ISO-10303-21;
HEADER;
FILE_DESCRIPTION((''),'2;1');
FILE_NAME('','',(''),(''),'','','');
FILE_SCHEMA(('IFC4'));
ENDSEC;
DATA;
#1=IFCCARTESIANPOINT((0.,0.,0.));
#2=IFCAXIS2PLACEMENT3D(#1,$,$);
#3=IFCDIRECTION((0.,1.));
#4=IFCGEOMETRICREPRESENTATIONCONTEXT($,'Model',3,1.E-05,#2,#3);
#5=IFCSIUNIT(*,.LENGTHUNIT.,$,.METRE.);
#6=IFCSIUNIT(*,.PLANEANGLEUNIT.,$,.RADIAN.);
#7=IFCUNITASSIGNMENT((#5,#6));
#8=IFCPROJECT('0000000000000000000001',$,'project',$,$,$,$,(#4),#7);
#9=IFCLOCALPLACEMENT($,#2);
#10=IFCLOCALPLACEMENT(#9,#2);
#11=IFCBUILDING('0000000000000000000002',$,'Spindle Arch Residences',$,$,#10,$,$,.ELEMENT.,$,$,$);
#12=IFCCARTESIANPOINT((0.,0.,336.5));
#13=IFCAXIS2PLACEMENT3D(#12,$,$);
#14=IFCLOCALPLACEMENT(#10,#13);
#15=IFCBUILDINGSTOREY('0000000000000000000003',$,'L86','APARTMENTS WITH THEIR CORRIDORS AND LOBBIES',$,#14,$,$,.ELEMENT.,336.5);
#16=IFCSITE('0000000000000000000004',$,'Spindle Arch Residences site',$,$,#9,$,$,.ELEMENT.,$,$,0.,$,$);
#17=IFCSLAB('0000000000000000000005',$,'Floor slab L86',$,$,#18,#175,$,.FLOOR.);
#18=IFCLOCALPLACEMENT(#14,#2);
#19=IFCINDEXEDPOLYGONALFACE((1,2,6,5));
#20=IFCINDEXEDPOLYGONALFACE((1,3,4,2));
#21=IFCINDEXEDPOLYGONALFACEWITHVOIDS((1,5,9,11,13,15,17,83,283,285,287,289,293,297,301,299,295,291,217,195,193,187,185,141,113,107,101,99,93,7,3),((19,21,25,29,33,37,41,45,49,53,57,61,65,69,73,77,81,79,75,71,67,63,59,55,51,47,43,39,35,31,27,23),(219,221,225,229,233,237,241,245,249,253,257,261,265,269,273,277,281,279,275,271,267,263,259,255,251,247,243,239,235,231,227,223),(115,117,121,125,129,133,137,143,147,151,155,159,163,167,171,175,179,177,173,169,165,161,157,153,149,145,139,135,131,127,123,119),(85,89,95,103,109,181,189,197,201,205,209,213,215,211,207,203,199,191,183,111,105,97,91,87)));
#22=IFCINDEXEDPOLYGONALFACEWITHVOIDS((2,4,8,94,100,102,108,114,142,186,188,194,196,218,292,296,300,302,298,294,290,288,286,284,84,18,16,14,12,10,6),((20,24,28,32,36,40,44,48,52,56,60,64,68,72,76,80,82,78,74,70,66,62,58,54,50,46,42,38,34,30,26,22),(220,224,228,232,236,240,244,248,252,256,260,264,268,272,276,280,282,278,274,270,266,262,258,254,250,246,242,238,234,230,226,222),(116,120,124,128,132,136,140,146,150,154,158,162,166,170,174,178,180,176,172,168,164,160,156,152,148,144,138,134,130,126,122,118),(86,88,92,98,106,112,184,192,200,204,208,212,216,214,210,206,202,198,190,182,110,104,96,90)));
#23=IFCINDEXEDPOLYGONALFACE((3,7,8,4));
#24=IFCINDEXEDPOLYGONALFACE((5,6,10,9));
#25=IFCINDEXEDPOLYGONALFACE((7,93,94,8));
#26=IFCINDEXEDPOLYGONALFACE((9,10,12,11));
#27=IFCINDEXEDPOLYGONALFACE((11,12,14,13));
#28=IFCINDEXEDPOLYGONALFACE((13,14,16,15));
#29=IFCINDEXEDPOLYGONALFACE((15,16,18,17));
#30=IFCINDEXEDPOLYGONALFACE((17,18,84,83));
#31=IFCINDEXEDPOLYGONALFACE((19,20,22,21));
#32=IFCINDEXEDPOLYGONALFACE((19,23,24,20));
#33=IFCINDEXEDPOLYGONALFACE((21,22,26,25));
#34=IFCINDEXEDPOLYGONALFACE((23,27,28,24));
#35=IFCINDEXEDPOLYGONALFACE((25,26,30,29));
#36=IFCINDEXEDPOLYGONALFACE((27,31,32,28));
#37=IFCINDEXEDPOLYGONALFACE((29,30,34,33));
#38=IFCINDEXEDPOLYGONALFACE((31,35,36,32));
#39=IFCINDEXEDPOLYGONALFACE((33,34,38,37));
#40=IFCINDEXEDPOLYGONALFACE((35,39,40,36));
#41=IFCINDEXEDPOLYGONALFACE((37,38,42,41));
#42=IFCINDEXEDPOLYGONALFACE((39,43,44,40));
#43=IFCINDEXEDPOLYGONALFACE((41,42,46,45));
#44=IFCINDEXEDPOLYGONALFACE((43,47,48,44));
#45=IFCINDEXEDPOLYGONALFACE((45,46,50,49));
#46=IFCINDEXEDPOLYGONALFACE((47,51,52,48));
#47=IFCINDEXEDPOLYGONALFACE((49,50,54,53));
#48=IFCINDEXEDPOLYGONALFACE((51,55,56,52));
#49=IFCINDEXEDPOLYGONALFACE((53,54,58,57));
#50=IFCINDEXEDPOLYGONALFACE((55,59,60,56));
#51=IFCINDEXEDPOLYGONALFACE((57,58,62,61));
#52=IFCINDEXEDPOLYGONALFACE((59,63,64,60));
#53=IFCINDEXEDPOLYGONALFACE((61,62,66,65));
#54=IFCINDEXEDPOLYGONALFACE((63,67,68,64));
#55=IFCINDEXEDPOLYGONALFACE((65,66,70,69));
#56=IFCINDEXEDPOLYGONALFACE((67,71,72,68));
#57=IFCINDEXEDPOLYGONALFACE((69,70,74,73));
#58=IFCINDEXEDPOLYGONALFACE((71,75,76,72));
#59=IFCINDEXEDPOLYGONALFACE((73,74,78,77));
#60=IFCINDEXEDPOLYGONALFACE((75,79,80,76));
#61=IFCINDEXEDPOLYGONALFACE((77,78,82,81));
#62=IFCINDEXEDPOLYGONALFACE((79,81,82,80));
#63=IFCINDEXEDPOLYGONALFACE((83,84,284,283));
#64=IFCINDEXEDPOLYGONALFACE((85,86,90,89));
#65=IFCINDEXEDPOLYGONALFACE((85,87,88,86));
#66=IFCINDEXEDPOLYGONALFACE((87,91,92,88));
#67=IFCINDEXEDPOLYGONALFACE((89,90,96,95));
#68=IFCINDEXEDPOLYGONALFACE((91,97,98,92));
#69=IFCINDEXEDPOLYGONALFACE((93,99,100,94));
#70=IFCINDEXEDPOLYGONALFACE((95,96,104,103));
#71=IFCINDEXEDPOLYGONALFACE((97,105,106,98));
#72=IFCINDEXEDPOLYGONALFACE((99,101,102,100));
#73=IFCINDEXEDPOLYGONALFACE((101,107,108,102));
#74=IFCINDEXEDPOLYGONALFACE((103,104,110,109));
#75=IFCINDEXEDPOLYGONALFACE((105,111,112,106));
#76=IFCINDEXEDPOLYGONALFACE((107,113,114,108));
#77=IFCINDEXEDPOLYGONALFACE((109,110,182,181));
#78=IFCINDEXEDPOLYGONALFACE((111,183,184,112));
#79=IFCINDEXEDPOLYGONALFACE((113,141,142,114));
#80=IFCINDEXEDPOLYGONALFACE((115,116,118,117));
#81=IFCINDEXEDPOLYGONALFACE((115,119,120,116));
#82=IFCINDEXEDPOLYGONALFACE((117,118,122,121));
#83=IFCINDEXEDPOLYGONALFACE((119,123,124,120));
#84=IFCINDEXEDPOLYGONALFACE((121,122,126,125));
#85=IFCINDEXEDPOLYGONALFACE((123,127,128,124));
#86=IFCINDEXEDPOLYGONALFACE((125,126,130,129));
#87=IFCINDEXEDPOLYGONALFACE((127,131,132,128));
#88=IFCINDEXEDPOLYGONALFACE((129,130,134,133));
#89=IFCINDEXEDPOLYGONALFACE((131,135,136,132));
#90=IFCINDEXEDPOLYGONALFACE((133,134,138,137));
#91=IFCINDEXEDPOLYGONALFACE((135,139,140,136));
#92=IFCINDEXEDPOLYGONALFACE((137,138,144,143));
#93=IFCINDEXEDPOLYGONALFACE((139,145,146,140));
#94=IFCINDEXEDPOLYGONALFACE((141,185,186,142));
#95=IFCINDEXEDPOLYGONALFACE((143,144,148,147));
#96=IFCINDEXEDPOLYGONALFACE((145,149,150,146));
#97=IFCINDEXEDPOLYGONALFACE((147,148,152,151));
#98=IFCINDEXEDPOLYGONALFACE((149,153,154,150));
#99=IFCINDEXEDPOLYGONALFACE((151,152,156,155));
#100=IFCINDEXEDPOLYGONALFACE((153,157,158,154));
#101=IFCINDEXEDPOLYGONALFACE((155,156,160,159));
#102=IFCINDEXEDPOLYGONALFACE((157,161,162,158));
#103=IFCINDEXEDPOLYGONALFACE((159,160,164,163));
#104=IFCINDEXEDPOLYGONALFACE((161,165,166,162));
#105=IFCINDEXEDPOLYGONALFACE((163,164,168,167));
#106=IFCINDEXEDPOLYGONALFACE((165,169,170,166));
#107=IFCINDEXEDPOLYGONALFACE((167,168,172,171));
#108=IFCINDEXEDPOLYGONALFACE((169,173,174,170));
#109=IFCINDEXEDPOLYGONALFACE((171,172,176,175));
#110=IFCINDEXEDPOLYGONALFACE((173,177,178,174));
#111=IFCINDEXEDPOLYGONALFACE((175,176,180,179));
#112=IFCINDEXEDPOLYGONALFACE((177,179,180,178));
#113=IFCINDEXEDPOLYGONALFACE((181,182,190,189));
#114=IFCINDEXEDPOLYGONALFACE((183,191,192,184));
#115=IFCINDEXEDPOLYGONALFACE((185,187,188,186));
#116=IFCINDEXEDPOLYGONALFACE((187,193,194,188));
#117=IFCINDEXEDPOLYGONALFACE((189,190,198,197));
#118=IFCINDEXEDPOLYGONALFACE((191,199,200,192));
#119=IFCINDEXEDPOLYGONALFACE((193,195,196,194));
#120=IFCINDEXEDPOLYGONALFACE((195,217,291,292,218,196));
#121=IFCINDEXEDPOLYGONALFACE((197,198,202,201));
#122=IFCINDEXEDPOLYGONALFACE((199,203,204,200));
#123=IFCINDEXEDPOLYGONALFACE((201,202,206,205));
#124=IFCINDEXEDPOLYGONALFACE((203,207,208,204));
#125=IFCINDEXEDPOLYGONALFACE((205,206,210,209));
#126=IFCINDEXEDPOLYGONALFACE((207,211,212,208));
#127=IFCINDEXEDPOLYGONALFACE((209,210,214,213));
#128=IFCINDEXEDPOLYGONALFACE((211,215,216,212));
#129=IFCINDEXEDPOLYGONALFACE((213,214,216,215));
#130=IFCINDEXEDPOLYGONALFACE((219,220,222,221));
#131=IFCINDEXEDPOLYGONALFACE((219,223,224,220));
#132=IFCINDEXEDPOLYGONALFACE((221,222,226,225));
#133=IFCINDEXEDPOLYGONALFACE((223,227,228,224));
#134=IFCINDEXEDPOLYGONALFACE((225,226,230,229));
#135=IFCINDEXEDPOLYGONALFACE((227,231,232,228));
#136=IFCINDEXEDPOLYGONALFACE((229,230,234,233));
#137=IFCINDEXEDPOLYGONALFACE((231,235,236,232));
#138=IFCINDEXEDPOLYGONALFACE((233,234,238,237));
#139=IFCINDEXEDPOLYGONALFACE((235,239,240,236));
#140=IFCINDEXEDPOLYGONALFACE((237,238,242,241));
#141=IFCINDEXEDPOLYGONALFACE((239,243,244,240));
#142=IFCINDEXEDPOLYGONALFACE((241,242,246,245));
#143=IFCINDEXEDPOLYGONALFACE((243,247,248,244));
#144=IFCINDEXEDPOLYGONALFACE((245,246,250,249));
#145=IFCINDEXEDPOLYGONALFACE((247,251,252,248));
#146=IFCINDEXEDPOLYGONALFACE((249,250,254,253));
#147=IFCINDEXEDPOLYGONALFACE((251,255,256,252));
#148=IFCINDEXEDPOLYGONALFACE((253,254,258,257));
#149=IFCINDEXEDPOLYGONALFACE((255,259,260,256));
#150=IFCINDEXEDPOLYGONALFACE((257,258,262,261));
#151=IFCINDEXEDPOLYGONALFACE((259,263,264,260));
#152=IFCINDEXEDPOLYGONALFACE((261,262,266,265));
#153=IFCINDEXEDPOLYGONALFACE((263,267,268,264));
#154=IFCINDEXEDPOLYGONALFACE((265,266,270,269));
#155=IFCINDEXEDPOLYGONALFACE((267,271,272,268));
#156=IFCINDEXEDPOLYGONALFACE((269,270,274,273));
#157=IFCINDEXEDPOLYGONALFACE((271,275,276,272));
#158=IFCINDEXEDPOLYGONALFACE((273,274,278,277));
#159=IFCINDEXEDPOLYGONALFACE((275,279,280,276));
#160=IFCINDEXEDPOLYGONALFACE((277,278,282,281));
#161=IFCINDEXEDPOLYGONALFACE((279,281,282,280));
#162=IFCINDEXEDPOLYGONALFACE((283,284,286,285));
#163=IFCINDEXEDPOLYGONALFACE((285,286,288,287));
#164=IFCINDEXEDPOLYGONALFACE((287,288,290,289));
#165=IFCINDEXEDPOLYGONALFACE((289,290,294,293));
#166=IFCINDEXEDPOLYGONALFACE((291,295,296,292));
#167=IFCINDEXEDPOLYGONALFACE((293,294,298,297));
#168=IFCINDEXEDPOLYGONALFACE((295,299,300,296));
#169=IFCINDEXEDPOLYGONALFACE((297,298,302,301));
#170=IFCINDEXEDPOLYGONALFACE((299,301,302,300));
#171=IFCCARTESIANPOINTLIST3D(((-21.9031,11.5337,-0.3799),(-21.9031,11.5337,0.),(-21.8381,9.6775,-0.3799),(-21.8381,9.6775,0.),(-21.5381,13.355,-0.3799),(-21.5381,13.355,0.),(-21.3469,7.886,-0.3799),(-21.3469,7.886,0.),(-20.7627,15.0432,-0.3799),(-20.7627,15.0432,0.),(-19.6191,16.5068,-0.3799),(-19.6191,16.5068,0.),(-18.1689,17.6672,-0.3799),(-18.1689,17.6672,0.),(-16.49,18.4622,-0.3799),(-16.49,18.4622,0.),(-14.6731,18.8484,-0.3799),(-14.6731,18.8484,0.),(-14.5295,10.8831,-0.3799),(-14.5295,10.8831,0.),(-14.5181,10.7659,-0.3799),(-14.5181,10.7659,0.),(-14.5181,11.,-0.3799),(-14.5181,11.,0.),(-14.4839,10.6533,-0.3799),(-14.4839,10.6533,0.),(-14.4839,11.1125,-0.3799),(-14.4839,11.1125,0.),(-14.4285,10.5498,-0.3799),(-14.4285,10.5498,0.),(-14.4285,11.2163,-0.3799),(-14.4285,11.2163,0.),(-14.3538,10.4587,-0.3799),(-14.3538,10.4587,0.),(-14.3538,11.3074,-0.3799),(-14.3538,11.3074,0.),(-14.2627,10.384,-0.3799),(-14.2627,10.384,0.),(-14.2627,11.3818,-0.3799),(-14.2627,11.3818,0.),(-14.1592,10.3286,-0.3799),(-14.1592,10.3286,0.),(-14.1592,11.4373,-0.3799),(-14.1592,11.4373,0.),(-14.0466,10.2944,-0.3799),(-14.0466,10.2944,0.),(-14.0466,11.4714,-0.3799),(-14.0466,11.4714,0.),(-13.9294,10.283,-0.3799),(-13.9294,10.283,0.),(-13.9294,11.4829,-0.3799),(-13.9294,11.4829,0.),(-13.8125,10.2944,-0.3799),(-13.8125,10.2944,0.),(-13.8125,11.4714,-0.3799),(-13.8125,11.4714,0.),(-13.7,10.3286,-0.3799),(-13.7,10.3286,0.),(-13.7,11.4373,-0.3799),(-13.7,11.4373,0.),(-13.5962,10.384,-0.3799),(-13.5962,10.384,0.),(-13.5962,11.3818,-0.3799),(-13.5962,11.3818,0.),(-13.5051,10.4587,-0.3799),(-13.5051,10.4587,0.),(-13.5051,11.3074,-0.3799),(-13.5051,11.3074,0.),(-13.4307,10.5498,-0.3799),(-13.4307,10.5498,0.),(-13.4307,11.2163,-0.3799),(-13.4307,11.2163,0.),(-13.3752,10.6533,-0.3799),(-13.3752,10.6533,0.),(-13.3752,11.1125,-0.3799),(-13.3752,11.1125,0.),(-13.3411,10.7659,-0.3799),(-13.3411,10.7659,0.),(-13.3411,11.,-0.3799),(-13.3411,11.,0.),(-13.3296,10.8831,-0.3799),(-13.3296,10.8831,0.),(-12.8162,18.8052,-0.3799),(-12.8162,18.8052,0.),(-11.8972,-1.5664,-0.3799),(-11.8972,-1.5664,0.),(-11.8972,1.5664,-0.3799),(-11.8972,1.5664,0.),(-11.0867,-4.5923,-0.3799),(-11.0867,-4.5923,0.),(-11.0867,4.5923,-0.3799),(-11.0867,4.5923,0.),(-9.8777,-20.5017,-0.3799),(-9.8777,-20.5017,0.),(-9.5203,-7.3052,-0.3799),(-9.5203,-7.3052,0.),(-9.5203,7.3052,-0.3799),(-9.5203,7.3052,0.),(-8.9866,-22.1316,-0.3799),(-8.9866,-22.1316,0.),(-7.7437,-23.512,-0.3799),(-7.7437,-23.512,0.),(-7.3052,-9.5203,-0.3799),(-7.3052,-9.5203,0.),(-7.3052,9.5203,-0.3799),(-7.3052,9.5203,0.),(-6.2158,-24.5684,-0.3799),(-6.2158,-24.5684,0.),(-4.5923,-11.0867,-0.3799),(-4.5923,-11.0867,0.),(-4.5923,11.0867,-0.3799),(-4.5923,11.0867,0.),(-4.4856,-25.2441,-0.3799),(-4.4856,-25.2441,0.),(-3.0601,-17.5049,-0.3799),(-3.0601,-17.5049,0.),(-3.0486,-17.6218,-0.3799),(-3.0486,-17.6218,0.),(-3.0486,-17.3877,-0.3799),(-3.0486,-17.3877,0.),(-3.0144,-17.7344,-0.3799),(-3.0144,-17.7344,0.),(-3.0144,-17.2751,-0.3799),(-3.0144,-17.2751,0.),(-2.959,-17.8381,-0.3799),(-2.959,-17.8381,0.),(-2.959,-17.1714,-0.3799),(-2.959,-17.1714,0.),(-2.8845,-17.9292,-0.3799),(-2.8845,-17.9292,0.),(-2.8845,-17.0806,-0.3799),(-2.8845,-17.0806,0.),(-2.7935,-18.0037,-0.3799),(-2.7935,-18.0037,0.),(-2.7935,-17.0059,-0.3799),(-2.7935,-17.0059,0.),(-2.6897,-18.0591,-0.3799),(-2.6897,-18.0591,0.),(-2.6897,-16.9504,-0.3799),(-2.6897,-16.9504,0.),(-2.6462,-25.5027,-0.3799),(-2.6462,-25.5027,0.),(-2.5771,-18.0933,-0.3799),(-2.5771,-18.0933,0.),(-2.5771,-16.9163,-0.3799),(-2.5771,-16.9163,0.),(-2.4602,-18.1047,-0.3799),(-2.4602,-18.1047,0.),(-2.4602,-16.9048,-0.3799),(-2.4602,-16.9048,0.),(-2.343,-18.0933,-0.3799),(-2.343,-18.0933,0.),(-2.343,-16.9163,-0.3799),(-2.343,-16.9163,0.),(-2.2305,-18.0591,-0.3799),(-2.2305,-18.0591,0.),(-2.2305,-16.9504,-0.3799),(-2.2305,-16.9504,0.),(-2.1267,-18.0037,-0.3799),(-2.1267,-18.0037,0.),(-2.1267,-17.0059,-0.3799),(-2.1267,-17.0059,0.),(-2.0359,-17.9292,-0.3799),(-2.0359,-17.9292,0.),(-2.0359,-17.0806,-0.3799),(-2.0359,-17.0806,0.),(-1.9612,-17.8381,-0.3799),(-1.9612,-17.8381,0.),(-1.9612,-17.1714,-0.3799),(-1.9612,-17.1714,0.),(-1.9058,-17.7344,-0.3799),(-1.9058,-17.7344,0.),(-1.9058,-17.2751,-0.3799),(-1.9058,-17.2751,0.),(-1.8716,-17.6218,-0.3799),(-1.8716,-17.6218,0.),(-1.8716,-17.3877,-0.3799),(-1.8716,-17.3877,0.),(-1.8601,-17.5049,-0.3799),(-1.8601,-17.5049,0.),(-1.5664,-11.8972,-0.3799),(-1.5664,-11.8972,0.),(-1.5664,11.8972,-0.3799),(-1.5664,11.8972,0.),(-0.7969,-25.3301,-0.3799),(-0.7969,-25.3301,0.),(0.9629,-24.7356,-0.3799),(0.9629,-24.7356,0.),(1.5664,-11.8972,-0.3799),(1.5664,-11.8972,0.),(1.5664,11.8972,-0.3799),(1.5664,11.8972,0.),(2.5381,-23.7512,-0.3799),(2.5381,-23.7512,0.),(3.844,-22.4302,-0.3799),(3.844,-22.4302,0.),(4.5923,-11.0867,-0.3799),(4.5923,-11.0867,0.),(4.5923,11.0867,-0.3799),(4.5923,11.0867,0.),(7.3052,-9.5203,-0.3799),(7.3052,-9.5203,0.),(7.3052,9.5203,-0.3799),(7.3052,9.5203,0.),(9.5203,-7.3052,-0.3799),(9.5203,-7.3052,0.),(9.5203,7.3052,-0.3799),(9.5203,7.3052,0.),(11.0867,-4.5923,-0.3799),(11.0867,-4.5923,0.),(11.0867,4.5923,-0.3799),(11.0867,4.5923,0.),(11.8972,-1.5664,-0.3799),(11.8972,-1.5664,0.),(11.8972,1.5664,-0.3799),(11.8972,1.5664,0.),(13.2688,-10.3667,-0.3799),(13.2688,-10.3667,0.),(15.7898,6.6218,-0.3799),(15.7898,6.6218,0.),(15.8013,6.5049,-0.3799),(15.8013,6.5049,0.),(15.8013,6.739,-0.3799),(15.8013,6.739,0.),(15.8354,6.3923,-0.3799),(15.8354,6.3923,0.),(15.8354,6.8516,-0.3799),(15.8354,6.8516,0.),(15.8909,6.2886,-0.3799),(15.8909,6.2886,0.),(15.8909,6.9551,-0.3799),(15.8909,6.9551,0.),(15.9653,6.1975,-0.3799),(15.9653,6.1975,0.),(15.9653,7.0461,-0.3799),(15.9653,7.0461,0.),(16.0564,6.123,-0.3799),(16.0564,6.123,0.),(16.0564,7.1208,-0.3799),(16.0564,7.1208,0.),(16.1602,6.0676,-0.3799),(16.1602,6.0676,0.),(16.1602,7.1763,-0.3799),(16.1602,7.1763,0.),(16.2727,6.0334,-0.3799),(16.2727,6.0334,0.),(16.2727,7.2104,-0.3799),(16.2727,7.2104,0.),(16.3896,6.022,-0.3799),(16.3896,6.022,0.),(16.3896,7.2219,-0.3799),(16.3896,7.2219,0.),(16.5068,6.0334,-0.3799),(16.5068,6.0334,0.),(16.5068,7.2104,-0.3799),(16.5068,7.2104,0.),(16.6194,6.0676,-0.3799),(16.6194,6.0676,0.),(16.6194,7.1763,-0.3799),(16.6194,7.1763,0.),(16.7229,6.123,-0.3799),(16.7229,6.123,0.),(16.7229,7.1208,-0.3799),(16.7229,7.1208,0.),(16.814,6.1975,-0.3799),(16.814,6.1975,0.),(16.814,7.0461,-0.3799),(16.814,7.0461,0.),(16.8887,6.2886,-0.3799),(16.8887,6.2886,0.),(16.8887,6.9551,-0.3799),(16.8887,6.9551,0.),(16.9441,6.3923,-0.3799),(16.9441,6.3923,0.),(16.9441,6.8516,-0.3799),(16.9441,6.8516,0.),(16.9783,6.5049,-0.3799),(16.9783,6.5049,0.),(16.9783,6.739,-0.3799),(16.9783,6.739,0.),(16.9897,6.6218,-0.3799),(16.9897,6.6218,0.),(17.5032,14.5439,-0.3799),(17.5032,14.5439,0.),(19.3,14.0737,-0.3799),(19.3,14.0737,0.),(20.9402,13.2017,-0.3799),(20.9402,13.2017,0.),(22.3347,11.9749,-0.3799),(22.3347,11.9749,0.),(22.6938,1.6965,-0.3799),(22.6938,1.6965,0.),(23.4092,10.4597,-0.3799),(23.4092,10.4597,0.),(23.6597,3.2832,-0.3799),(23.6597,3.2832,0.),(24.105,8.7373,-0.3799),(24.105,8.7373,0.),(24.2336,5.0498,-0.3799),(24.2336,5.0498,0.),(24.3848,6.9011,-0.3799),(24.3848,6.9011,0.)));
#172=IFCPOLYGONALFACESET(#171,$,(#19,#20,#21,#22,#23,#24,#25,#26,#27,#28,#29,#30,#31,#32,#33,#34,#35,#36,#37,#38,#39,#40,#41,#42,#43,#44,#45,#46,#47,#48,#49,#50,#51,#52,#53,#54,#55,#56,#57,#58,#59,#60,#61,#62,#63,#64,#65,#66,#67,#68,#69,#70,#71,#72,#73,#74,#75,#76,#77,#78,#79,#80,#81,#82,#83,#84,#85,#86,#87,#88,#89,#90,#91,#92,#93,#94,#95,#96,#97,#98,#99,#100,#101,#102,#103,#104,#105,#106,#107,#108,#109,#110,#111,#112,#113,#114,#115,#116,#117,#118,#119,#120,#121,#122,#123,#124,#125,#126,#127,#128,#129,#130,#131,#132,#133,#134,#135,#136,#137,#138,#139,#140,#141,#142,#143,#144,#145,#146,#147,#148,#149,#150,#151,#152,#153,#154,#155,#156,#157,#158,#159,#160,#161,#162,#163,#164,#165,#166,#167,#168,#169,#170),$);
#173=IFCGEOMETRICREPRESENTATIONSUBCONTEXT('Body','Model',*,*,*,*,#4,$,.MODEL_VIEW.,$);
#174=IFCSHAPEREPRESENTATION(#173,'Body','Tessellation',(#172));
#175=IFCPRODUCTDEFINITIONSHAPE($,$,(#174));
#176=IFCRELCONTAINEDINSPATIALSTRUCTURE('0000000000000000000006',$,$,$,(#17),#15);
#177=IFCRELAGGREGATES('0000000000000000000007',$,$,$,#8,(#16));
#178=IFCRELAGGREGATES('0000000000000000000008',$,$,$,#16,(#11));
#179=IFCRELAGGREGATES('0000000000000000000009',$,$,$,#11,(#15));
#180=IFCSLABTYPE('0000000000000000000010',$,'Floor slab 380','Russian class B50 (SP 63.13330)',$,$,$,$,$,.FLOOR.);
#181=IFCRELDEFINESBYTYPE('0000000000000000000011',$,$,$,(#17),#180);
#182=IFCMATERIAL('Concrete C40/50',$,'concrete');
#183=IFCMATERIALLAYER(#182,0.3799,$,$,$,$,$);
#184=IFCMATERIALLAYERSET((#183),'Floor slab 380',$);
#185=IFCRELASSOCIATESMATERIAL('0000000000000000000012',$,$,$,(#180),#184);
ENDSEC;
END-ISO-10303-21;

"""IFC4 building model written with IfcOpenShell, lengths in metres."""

from ifc_helpers import new_model, si_unit, direction, frame, origin, place, context, subcontext, project, spatial, polyline, outline, extrude, material, layer, layer_set, type_object, element, save


model = new_model("IFC4")

# Units and contexts
model_context = context("Model", 3, precision=1e-05, world=origin(), true_north=direction((0.0, 1.0)))
body_context = subcontext(model_context, "Body", "Model", "MODEL_VIEW")
ifc_project = project(units=[si_unit("LENGTHUNIT", "METRE"), si_unit("PLANEANGLEUNIT", "RADIAN")], contexts=[model_context])

# Site, building, storey
site_placement = place(None, origin())
site = spatial("IfcSite", under=ifc_project, at=site_placement, Name="Spindle Arch Residences site", CompositionType="ELEMENT", RefElevation=0.0)
building_placement = place(site_placement, origin())
building = spatial("IfcBuilding", under=site, at=building_placement, Name="Spindle Arch Residences", CompositionType="ELEMENT")
storey_placement = place(building_placement, frame((0.0, 0.0, 336.5)))
storey = spatial("IfcBuildingStorey", under=building, at=storey_placement, Name="L86", Description="APARTMENTS WITH THEIR CORRIDORS AND LOBBIES", CompositionType="ELEMENT", Elevation=336.5)

# Slab
ifc_material_1 = material(Name="Concrete C40/50", Category="concrete")
ifc_layer_1 = layer(ifc_material_1, 0.3799)
ifc_layer_set_1 = layer_set([ifc_layer_1], Name="Floor slab 380")
slab_type_1 = type_object("IfcSlabType", Name="Floor slab 380", Description="Russian class B50 (SP 63.13330)", PredefinedType="FLOOR", material=ifc_layer_set_1)
slab_1_placement = place(storey_placement, frame((0.0, 0.0, -0.3799)))
element("IfcSlab", 1, at=slab_1_placement, inside=storey, type_object=slab_type_1, Name="Floor slab L86", PredefinedType="FLOOR", context=body_context, shape_type="SweptSolid", body=[
    extrude(outline(polyline([(2.5381, -23.7512), (0.9629, -24.7356), (-0.7969, -25.3301), (-2.6462, -25.5027), (-4.4856, -25.2441), (-6.2158, -24.5684), (-7.7437, -23.512), (-8.9866, -22.1316), (-9.8777, -20.5017), (-21.3469, 7.886), (-21.8381, 9.6775), (-21.9031, 11.5337), (-21.5381, 13.355), (-20.7627, 15.0432), (-19.6191, 16.5068), (-18.1689, 17.6672), (-16.49, 18.4622), (-14.6731, 18.8484), (-12.8162, 18.8052), (17.5032, 14.5439), (19.3, 14.0737), (20.9402, 13.2017), (22.3347, 11.9749), (23.4092, 10.4597), (24.105, 8.7373), (24.3848, 6.9011), (24.2336, 5.0498), (23.6597, 3.2832), (22.6938, 1.6965), (13.2688, -10.3667), (3.844, -22.4302), (2.5381, -23.7512)]), holes=[polyline([(7.3052, -9.5203), (9.5203, -7.3052), (11.0867, -4.5923), (11.8972, -1.5664), (11.8972, 1.5664), (11.0867, 4.5923), (9.5203, 7.3052), (7.3052, 9.5203), (4.5923, 11.0867), (1.5664, 11.8972), (-1.5664, 11.8972), (-4.5923, 11.0867), (-7.3052, 9.5203), (-9.5203, 7.3052), (-11.0867, 4.5923), (-11.8972, 1.5664), (-11.8972, -1.5664), (-11.0867, -4.5923), (-9.5203, -7.3052), (-7.3052, -9.5203), (-4.5923, -11.0867), (-1.5664, -11.8972), (1.5664, -11.8972), (4.5923, -11.0867), (7.3052, -9.5203)]), polyline([(-1.9612, -17.8381), (-1.9058, -17.7344), (-1.8716, -17.6218), (-1.8601, -17.5049), (-1.8716, -17.3877), (-1.9058, -17.2751), (-1.9612, -17.1714), (-2.0359, -17.0806), (-2.1267, -17.0059), (-2.2305, -16.9504), (-2.343, -16.9163), (-2.4602, -16.9048), (-2.5771, -16.9163), (-2.6897, -16.9504), (-2.7935, -17.0059), (-2.8845, -17.0806), (-2.959, -17.1714), (-3.0144, -17.2751), (-3.0486, -17.3877), (-3.0601, -17.5049), (-3.0486, -17.6218), (-3.0144, -17.7344), (-2.959, -17.8381), (-2.8845, -17.9292), (-2.7935, -18.0037), (-2.6897, -18.0591), (-2.5771, -18.0933), (-2.4602, -18.1047), (-2.343, -18.0933), (-2.2305, -18.0591), (-2.1267, -18.0037), (-2.0359, -17.9292), (-1.9612, -17.8381)]), polyline([(-13.5051, 10.4587), (-13.4307, 10.5498), (-13.3752, 10.6533), (-13.3411, 10.7659), (-13.3296, 10.8831), (-13.3411, 11.0), (-13.3752, 11.1125), (-13.4307, 11.2163), (-13.5051, 11.3074), (-13.5962, 11.3818), (-13.7, 11.4373), (-13.8125, 11.4714), (-13.9294, 11.4829), (-14.0466, 11.4714), (-14.1592, 11.4373), (-14.2627, 11.3818), (-14.3538, 11.3074), (-14.4285, 11.2163), (-14.4839, 11.1125), (-14.5181, 11.0), (-14.5295, 10.8831), (-14.5181, 10.7659), (-14.4839, 10.6533), (-14.4285, 10.5498), (-14.3538, 10.4587), (-14.2627, 10.384), (-14.1592, 10.3286), (-14.0466, 10.2944), (-13.9294, 10.283), (-13.8125, 10.2944), (-13.7, 10.3286), (-13.5962, 10.384), (-13.5051, 10.4587)]), polyline([(16.814, 6.1975), (16.8887, 6.2886), (16.9441, 6.3923), (16.9783, 6.5049), (16.9897, 6.6218), (16.9783, 6.739), (16.9441, 6.8516), (16.8887, 6.9551), (16.814, 7.0461), (16.7229, 7.1208), (16.6194, 7.1763), (16.5068, 7.2104), (16.3896, 7.2219), (16.2727, 7.2104), (16.1602, 7.1763), (16.0564, 7.1208), (15.9653, 7.0461), (15.8909, 6.9551), (15.8354, 6.8516), (15.8013, 6.739), (15.7898, 6.6218), (15.8013, 6.5049), (15.8354, 6.3923), (15.8909, 6.2886), (15.9653, 6.1975), (16.0564, 6.123), (16.1602, 6.0676), (16.2727, 6.0334), (16.3896, 6.022), (16.5068, 6.0334), (16.6194, 6.0676), (16.7229, 6.123), (16.814, 6.1975)])]), origin(), (0.0, 0.0, 1.0), 0.3799),
])

save(model, "model.ifc")
